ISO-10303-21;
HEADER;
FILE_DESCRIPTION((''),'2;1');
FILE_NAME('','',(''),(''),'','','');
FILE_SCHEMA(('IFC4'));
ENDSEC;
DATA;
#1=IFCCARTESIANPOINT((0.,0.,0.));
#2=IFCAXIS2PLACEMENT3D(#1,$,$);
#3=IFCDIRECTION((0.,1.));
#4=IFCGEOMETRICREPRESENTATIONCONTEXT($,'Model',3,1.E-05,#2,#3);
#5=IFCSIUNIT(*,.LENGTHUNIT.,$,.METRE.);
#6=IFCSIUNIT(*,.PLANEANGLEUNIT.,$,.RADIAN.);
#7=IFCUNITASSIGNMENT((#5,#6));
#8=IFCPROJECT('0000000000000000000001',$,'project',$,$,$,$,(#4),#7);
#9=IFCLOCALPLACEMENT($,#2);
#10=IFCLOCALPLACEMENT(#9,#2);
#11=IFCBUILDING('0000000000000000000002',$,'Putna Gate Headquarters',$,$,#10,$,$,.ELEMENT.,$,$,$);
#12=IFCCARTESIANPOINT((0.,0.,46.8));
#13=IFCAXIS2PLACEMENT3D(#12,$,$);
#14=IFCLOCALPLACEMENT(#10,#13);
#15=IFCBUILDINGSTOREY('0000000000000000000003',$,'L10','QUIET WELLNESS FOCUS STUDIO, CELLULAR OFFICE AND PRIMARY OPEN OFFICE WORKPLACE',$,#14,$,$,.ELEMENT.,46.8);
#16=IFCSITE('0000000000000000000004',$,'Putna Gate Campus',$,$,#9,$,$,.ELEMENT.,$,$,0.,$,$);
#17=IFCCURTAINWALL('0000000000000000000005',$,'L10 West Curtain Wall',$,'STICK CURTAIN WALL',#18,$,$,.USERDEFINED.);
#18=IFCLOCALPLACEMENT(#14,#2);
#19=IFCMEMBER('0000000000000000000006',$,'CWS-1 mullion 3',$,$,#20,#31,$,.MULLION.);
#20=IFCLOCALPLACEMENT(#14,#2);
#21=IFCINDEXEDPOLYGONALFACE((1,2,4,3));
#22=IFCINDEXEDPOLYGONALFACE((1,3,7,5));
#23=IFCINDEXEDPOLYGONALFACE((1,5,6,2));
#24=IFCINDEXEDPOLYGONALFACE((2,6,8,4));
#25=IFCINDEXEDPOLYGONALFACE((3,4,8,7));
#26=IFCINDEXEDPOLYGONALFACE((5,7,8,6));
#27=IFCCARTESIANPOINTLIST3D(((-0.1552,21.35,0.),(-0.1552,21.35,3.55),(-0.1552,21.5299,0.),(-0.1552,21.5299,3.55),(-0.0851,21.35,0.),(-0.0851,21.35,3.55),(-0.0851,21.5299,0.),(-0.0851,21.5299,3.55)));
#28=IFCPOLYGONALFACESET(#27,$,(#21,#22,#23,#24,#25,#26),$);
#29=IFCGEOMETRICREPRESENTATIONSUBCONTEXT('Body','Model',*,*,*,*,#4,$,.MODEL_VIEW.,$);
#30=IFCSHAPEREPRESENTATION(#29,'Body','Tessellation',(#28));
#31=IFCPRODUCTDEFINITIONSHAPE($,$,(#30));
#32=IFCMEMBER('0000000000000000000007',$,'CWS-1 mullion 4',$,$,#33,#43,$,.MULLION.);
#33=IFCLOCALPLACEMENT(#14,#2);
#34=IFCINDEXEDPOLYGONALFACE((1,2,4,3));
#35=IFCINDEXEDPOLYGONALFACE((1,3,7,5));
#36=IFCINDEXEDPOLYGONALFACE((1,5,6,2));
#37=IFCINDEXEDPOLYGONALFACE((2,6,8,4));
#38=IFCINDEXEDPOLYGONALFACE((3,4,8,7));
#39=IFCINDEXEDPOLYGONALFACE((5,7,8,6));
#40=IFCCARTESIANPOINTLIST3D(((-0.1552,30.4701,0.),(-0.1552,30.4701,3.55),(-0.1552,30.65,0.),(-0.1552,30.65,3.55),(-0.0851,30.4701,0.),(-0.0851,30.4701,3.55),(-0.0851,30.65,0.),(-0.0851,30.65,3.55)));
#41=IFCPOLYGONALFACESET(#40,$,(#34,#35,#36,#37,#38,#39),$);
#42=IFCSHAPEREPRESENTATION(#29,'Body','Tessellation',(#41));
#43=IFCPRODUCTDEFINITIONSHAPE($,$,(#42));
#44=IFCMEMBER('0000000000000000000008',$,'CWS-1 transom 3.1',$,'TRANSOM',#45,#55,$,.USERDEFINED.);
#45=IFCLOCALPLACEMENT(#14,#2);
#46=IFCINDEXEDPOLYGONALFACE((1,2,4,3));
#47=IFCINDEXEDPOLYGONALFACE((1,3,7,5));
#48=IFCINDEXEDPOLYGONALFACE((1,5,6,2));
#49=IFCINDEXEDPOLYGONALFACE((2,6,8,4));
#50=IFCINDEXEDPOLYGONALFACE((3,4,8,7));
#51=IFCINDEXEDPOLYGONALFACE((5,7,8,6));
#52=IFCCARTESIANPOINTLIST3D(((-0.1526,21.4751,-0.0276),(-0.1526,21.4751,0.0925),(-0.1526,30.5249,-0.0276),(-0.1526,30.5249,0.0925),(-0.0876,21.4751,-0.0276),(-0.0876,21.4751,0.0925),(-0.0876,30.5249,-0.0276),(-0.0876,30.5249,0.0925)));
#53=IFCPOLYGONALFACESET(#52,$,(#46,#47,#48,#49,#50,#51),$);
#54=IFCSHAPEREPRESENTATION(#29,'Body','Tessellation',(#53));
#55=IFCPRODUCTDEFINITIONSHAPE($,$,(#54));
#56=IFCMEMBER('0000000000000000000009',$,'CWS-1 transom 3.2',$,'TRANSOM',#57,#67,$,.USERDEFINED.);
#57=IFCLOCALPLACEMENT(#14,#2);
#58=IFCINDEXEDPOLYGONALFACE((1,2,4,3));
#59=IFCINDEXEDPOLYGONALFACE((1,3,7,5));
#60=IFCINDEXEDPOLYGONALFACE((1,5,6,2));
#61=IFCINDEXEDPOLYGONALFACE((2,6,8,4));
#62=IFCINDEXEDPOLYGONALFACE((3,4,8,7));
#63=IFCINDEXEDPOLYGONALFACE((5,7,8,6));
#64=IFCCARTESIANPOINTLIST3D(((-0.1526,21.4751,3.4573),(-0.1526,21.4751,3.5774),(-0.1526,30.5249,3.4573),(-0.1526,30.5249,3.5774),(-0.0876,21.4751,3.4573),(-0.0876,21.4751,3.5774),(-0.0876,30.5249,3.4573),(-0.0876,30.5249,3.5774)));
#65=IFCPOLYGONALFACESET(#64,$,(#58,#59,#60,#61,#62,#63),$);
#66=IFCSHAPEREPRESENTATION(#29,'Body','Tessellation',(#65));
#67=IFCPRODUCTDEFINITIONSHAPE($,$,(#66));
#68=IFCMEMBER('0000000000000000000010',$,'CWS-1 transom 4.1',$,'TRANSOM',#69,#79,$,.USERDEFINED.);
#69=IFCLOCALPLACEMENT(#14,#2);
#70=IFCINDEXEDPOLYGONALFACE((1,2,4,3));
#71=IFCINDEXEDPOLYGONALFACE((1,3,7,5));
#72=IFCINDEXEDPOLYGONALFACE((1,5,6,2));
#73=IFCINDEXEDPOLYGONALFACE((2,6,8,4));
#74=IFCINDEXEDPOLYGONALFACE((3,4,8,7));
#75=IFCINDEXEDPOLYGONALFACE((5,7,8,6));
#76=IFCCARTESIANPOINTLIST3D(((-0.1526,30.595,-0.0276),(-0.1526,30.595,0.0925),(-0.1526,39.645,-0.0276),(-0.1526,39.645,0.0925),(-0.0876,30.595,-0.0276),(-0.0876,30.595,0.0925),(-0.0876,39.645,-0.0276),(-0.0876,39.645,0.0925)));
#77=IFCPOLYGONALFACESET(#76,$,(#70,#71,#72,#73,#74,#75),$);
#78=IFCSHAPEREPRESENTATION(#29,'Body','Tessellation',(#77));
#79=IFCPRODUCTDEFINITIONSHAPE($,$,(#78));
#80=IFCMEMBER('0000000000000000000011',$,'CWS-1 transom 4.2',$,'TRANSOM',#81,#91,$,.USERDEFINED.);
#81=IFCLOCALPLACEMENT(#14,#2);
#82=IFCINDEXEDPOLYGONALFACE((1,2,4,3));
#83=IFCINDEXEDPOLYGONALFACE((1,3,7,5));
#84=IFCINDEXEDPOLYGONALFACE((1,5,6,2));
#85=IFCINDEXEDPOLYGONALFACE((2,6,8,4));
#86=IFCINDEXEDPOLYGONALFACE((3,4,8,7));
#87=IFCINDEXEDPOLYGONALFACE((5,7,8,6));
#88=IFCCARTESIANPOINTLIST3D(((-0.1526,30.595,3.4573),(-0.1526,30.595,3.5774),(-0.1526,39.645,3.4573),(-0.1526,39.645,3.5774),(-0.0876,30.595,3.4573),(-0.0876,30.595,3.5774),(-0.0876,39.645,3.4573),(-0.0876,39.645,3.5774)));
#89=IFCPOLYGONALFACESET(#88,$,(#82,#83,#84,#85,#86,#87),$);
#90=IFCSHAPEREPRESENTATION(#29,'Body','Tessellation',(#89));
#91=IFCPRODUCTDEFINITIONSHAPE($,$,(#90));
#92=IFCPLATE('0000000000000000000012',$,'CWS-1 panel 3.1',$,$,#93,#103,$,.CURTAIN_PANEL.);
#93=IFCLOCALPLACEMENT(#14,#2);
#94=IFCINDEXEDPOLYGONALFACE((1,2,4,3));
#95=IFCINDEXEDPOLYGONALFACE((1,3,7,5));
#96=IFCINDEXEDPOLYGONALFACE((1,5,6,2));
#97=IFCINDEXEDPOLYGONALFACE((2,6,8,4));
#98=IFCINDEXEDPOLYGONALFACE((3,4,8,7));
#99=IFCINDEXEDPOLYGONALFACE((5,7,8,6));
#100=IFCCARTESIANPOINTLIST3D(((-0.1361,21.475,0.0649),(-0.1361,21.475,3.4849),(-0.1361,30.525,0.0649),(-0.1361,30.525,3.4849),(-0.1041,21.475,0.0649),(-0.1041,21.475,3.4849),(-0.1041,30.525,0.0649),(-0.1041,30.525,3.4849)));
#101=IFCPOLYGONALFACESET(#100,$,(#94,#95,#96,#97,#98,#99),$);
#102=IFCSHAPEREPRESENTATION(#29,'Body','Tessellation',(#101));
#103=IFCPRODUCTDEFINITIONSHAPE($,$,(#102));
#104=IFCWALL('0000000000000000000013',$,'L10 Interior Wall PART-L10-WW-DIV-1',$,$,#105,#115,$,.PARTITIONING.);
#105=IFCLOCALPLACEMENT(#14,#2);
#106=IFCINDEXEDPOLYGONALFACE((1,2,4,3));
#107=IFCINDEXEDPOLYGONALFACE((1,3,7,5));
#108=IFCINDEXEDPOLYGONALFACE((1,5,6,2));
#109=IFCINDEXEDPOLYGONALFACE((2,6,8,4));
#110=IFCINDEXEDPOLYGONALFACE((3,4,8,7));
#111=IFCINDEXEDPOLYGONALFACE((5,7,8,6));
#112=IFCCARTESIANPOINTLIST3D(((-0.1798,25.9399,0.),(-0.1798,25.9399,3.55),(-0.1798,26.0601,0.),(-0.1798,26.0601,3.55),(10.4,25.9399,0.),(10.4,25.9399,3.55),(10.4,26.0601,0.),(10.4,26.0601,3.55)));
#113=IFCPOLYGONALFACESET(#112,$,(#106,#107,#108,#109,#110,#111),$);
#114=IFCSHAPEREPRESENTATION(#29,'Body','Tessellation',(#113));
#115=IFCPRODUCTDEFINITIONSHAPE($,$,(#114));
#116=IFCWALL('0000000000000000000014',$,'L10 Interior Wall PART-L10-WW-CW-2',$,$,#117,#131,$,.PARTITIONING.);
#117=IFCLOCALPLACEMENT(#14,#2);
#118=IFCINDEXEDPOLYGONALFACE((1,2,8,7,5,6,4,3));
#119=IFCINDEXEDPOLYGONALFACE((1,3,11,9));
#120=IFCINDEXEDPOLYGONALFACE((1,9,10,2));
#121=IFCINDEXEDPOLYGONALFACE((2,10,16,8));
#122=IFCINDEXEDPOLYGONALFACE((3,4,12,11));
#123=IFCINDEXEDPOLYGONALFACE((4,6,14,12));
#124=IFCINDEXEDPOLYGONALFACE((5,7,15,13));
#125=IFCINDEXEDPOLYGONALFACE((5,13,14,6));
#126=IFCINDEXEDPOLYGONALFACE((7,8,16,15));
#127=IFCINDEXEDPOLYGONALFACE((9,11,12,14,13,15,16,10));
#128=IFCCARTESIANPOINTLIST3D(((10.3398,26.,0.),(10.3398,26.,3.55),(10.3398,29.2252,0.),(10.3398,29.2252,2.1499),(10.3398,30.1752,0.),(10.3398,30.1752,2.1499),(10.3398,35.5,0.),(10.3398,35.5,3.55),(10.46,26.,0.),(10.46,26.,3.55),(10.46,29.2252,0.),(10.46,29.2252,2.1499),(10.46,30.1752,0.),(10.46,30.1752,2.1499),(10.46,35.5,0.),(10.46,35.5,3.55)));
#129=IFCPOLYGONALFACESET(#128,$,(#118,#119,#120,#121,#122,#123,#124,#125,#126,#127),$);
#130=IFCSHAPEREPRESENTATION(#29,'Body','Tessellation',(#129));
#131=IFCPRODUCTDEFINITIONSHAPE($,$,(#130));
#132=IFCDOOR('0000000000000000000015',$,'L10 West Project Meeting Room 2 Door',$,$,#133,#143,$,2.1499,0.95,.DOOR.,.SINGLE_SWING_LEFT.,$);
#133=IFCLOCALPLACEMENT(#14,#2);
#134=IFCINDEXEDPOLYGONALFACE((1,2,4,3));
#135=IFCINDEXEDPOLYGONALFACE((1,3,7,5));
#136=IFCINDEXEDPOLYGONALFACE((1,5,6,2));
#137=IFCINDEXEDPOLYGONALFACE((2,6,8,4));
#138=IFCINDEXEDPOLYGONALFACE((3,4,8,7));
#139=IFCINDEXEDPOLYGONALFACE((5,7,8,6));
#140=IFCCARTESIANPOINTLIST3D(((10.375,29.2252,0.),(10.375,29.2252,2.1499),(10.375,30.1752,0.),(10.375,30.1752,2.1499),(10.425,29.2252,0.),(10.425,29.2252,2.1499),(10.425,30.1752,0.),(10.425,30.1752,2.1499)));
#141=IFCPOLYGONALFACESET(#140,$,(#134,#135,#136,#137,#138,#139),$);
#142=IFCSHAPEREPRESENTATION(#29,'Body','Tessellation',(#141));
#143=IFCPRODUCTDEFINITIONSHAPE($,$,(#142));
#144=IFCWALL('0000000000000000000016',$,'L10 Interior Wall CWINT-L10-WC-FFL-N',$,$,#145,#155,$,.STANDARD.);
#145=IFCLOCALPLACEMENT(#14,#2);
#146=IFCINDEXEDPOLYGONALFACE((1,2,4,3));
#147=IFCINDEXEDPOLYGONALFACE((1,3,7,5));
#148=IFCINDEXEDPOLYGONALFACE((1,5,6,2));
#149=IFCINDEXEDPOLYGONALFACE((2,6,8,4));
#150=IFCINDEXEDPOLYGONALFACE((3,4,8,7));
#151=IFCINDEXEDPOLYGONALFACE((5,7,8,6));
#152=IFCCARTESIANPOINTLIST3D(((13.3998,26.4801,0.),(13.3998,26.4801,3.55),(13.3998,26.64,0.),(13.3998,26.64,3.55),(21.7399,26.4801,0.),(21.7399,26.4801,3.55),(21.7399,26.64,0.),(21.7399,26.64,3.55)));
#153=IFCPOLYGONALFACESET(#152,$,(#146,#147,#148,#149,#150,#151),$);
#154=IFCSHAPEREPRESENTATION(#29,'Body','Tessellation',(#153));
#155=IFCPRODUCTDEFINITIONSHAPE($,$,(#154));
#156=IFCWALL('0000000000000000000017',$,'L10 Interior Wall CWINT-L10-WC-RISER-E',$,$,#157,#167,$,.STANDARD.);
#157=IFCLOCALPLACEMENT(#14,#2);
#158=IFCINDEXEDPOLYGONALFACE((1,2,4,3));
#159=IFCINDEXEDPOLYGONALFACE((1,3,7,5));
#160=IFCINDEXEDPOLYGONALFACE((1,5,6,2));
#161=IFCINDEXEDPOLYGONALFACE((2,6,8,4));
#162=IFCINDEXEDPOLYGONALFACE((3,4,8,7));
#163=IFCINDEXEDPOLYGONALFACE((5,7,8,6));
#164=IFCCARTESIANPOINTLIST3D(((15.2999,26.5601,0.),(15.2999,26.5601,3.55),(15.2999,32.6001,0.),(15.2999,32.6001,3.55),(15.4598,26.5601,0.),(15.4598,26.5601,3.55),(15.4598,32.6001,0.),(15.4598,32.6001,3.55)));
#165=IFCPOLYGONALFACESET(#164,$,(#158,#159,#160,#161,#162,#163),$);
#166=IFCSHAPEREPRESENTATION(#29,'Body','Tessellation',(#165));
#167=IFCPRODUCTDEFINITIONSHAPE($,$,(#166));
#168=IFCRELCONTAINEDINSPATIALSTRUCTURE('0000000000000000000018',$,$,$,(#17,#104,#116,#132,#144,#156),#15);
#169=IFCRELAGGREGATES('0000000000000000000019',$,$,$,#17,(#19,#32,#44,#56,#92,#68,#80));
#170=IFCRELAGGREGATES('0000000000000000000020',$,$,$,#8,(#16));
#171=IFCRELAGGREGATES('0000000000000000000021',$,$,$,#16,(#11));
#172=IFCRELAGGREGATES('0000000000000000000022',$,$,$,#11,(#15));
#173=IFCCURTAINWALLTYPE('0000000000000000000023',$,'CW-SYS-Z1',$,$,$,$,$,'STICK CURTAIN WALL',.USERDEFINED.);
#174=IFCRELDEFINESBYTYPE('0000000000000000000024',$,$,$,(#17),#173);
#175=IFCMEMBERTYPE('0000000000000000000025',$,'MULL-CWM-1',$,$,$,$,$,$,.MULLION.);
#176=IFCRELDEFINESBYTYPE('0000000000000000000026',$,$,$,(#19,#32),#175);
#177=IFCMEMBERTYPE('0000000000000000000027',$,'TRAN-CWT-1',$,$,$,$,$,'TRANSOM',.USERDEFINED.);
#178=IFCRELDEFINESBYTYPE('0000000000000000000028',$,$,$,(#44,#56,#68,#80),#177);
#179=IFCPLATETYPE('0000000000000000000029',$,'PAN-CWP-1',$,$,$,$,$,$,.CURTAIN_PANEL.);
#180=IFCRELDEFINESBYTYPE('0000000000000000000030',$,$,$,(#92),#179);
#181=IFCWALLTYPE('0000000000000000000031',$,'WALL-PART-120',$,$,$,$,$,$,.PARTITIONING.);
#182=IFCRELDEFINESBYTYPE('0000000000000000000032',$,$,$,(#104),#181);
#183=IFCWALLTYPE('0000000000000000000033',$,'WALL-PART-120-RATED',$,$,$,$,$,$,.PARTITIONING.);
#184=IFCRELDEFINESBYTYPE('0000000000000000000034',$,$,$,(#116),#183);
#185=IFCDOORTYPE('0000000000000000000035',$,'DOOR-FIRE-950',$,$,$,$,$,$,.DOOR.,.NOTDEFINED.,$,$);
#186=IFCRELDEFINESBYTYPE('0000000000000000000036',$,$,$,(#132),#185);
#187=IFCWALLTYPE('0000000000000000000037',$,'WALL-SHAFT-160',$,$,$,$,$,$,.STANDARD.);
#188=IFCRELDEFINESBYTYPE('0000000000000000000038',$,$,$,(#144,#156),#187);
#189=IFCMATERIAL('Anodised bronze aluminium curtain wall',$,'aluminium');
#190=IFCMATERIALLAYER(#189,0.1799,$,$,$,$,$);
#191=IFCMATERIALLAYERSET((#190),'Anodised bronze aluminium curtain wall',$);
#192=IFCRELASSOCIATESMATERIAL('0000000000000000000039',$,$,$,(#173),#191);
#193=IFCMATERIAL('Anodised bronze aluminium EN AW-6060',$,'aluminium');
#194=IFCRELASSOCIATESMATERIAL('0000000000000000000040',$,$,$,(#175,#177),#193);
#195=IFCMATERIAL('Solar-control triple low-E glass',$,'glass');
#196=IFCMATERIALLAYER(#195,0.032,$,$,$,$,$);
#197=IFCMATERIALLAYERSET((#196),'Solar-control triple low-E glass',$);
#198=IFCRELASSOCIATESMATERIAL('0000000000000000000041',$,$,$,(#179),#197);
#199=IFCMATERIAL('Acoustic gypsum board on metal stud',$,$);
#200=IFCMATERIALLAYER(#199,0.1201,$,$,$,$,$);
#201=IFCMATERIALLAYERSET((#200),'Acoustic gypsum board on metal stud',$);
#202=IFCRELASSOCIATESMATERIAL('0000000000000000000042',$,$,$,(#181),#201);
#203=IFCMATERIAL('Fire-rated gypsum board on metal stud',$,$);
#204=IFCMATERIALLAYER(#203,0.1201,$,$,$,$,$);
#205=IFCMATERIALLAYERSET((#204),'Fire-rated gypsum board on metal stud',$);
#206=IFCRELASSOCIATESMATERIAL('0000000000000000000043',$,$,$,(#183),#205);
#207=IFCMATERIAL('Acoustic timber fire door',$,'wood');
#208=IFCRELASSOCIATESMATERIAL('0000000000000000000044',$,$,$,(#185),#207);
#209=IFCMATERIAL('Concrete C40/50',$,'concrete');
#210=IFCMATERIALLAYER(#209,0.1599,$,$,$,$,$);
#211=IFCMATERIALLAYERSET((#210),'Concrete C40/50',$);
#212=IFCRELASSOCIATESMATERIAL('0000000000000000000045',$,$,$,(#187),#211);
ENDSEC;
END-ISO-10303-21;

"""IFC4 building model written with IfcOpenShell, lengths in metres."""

from ifc_helpers import new_model, si_unit, direction, frame, frame_2d, origin, origin_2d, place, context, subcontext, project, spatial, rectangle, extrude, material, layer, layer_set, material_profile, profile_set, type_object, element, fill, aggregate, save


model = new_model("IFC4")

# Units and contexts
model_context = context("Model", 3, precision=1e-05, world=origin(), true_north=direction((0.0, 1.0)))
body_context = subcontext(model_context, "Body", "Model", "MODEL_VIEW")
ifc_project = project(units=[si_unit("LENGTHUNIT", "METRE"), si_unit("PLANEANGLEUNIT", "RADIAN")], contexts=[model_context])

# Site, building, storey
site_placement = place(None, origin())
site = spatial("IfcSite", under=ifc_project, at=site_placement, Name="Putna Gate Campus", CompositionType="ELEMENT", RefElevation=0.0)
building_placement = place(site_placement, origin())
building = spatial("IfcBuilding", under=site, at=building_placement, Name="Putna Gate Headquarters", CompositionType="ELEMENT")
storey_placement = place(building_placement, frame((0.0, 0.0, 46.8)))
storey = spatial("IfcBuildingStorey", under=building, at=storey_placement, Name="L10", Description="QUIET WELLNESS FOCUS STUDIO, CELLULAR OFFICE AND PRIMARY OPEN OFFICE WORKPLACE", CompositionType="ELEMENT", Elevation=46.8)

# Curtain wall, members, plate
ifc_material_1 = material(Name="Anodised bronze aluminium curtain wall", Category="aluminium")
ifc_layer_1 = layer(ifc_material_1, 0.1799)
ifc_layer_set_1 = layer_set([ifc_layer_1], Name="Anodised bronze aluminium curtain wall")
curtain_wall_type = type_object("IfcCurtainWallType", Name="CW-SYS-Z1", ElementType="STICK CURTAIN WALL", PredefinedType="USERDEFINED", material=ifc_layer_set_1)
curtain_wall_placement = place(storey_placement, origin())
curtain_wall = element("IfcCurtainWall", 1, at=curtain_wall_placement, inside=storey, type_object=curtain_wall_type, Name="L10 West Curtain Wall", ObjectType="STICK CURTAIN WALL", PredefinedType="USERDEFINED")
ifc_material_2 = material(Name="Anodised bronze aluminium EN AW-6060", Category="aluminium")
ifc_material_profile_1 = material_profile(ifc_material_2, rectangle(XDim=0.0701, YDim=0.1799, at=origin_2d()), Name="Anodised bronze aluminium EN AW-6060")
ifc_profile_set_1 = profile_set([ifc_material_profile_1], Name="Anodised bronze aluminium EN AW-6060")
member_type_1 = type_object("IfcMemberType", Name="MULL-CWM-1", PredefinedType="MULLION", material=ifc_profile_set_1)
member_1_placement = place(storey_placement, frame((-0.1201, 21.4399, 0.0), z_axis=(0.0, 0.0, 1.0), x_axis=(-1.0, 0.0, 0.0)))
member_1 = element("IfcMember", 2, at=member_1_placement, type_object=member_type_1, Name="CWS-1 mullion 3", PredefinedType="MULLION", context=body_context, shape_type="SweptSolid", body=[
    extrude(rectangle(XDim=0.0701, YDim=0.1799, at=origin_2d()), origin(), (0.0, 0.0, 1.0), 3.55),
])
member_2_placement = place(storey_placement, frame((-0.1201, 30.5601, 0.0), z_axis=(0.0, 0.0, 1.0), x_axis=(-1.0, 0.0, 0.0)))
member_2 = element("IfcMember", 3, at=member_2_placement, type_object=member_type_1, Name="CWS-1 mullion 4", PredefinedType="MULLION", context=body_context, shape_type="SweptSolid", body=[
    extrude(rectangle(XDim=0.0701, YDim=0.1799, at=origin_2d()), origin(), (0.0, 0.0, 1.0), 3.55),
])
ifc_material_profile_2 = material_profile(ifc_material_2, rectangle(XDim=0.0649, YDim=0.1201, at=origin_2d()), Name="Anodised bronze aluminium EN AW-6060")
ifc_profile_set_2 = profile_set([ifc_material_profile_2], Name="Anodised bronze aluminium EN AW-6060")
member_type_2 = type_object("IfcMemberType", Name="TRAN-CWT-1", ElementType="TRANSOM", PredefinedType="USERDEFINED", material=ifc_profile_set_2)
member_3_placement = place(storey_placement, frame((-0.1201, 21.4751, 0.0325), z_axis=(0.0, 1.0, 0.0), x_axis=(-1.0, 0.0, 0.0)))
member_3 = element("IfcMember", 4, at=member_3_placement, type_object=member_type_2, Name="CWS-1 transom 3.1", ObjectType="TRANSOM", PredefinedType="USERDEFINED", context=body_context, shape_type="SweptSolid", body=[
    extrude(rectangle(XDim=0.0649, YDim=0.1201, at=origin_2d()), origin(), (0.0, 0.0, 1.0), 9.0498),
])
member_4_placement = place(storey_placement, frame((-0.1201, 21.4751, 3.5173), z_axis=(0.0, 1.0, 0.0), x_axis=(-1.0, 0.0, 0.0)))
member_4 = element("IfcMember", 5, at=member_4_placement, type_object=member_type_2, Name="CWS-1 transom 3.2", ObjectType="TRANSOM", PredefinedType="USERDEFINED", context=body_context, shape_type="SweptSolid", body=[
    extrude(rectangle(XDim=0.0649, YDim=0.1201, at=origin_2d()), origin(), (0.0, 0.0, 1.0), 9.0498),
])
member_5_placement = place(storey_placement, frame((-0.1201, 30.595, 0.0325), z_axis=(0.0, 1.0, 0.0), x_axis=(-1.0, 0.0, 0.0)))
member_5 = element("IfcMember", 6, at=member_5_placement, type_object=member_type_2, Name="CWS-1 transom 4.1", ObjectType="TRANSOM", PredefinedType="USERDEFINED", context=body_context, shape_type="SweptSolid", body=[
    extrude(rectangle(XDim=0.0649, YDim=0.1201, at=origin_2d()), origin(), (0.0, 0.0, 1.0), 9.05),
])
member_6_placement = place(storey_placement, frame((-0.1201, 30.595, 3.5173), z_axis=(0.0, 1.0, 0.0), x_axis=(-1.0, 0.0, 0.0)))
member_6 = element("IfcMember", 7, at=member_6_placement, type_object=member_type_2, Name="CWS-1 transom 4.2", ObjectType="TRANSOM", PredefinedType="USERDEFINED", context=body_context, shape_type="SweptSolid", body=[
    extrude(rectangle(XDim=0.0649, YDim=0.1201, at=origin_2d()), origin(), (0.0, 0.0, 1.0), 9.05),
])
ifc_material_3 = material(Name="Solar-control triple low-E glass", Category="glass")
ifc_layer_2 = layer(ifc_material_3, 0.032)
ifc_layer_set_2 = layer_set([ifc_layer_2], Name="Solar-control triple low-E glass")
plate_type = type_object("IfcPlateType", Name="PAN-CWP-1", PredefinedType="CURTAIN_PANEL", material=ifc_layer_set_2)
plate_placement = place(storey_placement, frame((-0.1201, 26.0, 0.0649), z_axis=(0.0, 0.0, 1.0), x_axis=(0.0, 1.0, 0.0)))
plate = element("IfcPlate", 8, at=plate_placement, type_object=plate_type, Name="CWS-1 panel 3.1", PredefinedType="CURTAIN_PANEL", context=body_context, shape_type="SweptSolid", body=[
    extrude(rectangle(XDim=9.05, YDim=0.032, at=origin_2d()), origin(), (0.0, 0.0, 1.0), 3.4199),
])
aggregate(curtain_wall, [member_1, member_2, member_3, member_4, plate, member_5, member_6])

# Wall
ifc_material_4 = material(Name="Acoustic gypsum board on metal stud")
ifc_layer_3 = layer(ifc_material_4, 0.1201)
ifc_layer_set_3 = layer_set([ifc_layer_3], Name="Acoustic gypsum board on metal stud")
wall_type_1 = type_object("IfcWallType", Name="WALL-PART-120", PredefinedType="PARTITIONING", material=ifc_layer_set_3)
wall_1_placement = place(storey_placement, frame((-0.1799, 26.0, 0.0), z_axis=(0.0, 0.0, 1.0), x_axis=(1.0, 0.0, 0.0)))
element("IfcWall", 9, at=wall_1_placement, inside=storey, type_object=wall_type_1, Name="L10 Interior Wall PART-L10-WW-DIV-1", PredefinedType="PARTITIONING", context=body_context, shape_type="SweptSolid", body=[
    extrude(rectangle(XDim=10.5798, YDim=0.1201, at=frame_2d((5.29, 0.0))), origin(), (0.0, 0.0, 1.0), 3.55),
])

# Wall, opening, door
ifc_material_5 = material(Name="Fire-rated gypsum board on metal stud")
ifc_layer_4 = layer(ifc_material_5, 0.1201)
ifc_layer_set_4 = layer_set([ifc_layer_4], Name="Fire-rated gypsum board on metal stud")
wall_type_2 = type_object("IfcWallType", Name="WALL-PART-120-RATED", PredefinedType="PARTITIONING", material=ifc_layer_set_4)
wall_2_placement = place(storey_placement, frame((10.3999, 26.0, 0.0), z_axis=(0.0, 0.0, 1.0), x_axis=(0.0, 1.0, 0.0)))
wall_2 = element("IfcWall", 10, at=wall_2_placement, inside=storey, type_object=wall_type_2, Name="L10 Interior Wall PART-L10-WW-CW-2", PredefinedType="PARTITIONING", context=body_context, shape_type="SweptSolid", body=[
    extrude(rectangle(XDim=9.5, YDim=0.1201, at=frame_2d((4.75, 0.0))), origin(), (0.0, 0.0, 1.0), 3.55),
])
opening_1_placement = place(wall_2_placement, frame((3.2251, 0.0, 0.0)))
opening_1 = element("IfcOpeningElement", 11, at=opening_1_placement, cuts=wall_2, PredefinedType="OPENING", context=body_context, shape_type="SweptSolid", body=[
    extrude(rectangle(XDim=0.95, YDim=2.1499, at=frame_2d((0.4751, 1.075))), frame((0.0, 0.0701, 0.0), z_axis=(0.0, -1.0, 0.0), x_axis=(1.0, 0.0, 0.0)), (0.0, 0.0, 1.0), 0.1401),
])
ifc_material_6 = material(Name="Acoustic timber fire door", Category="wood")
door_type_1 = type_object("IfcDoorType", Name="DOOR-FIRE-950", OperationType="NOTDEFINED", PredefinedType="DOOR", material=ifc_material_6)
door_1_placement = place(opening_1_placement, origin())
door_1 = element("IfcDoor", 12, at=door_1_placement, inside=storey, type_object=door_type_1, Name="L10 West Project Meeting Room 2 Door", OperationType="SINGLE_SWING_LEFT", OverallHeight=2.1499, OverallWidth=0.95, PredefinedType="DOOR", context=body_context, shape_type="SweptSolid", body=[
    extrude(rectangle(XDim=0.95, YDim=2.1499, at=frame_2d((0.4751, 1.075))), frame((0.0, 0.0249, 0.0), z_axis=(0.0, -1.0, 0.0), x_axis=(1.0, 0.0, 0.0)), (0.0, 0.0, 1.0), 0.05),
])
fill(opening_1, door_1)

# Walls
ifc_material_7 = material(Name="Concrete C40/50", Category="concrete")
ifc_layer_5 = layer(ifc_material_7, 0.1599)
ifc_layer_set_5 = layer_set([ifc_layer_5], Name="Concrete C40/50")
wall_type_3 = type_object("IfcWallType", Name="WALL-SHAFT-160", PredefinedType="STANDARD", material=ifc_layer_set_5)
wall_3_placement = place(storey_placement, frame((13.3999, 26.5601, 0.0), z_axis=(0.0, 0.0, 1.0), x_axis=(1.0, 0.0, 0.0)))
element("IfcWall", 13, at=wall_3_placement, inside=storey, type_object=wall_type_3, Name="L10 Interior Wall CWINT-L10-WC-FFL-N", PredefinedType="STANDARD", context=body_context, shape_type="SweptSolid", body=[
    extrude(rectangle(XDim=8.3401, YDim=0.1599, at=frame_2d((4.1699, 0.0))), origin(), (0.0, 0.0, 1.0), 3.55),
])
wall_4_placement = place(storey_placement, frame((15.3799, 26.5601, 0.0), z_axis=(0.0, 0.0, 1.0), x_axis=(0.0, 1.0, 0.0)))
element("IfcWall", 14, at=wall_4_placement, inside=storey, type_object=wall_type_3, Name="L10 Interior Wall CWINT-L10-WC-RISER-E", PredefinedType="STANDARD", context=body_context, shape_type="SweptSolid", body=[
    extrude(rectangle(XDim=6.04, YDim=0.1599, at=frame_2d((3.02, 0.0))), origin(), (0.0, 0.0, 1.0), 3.55),
])

save(model, "model.ifc")
